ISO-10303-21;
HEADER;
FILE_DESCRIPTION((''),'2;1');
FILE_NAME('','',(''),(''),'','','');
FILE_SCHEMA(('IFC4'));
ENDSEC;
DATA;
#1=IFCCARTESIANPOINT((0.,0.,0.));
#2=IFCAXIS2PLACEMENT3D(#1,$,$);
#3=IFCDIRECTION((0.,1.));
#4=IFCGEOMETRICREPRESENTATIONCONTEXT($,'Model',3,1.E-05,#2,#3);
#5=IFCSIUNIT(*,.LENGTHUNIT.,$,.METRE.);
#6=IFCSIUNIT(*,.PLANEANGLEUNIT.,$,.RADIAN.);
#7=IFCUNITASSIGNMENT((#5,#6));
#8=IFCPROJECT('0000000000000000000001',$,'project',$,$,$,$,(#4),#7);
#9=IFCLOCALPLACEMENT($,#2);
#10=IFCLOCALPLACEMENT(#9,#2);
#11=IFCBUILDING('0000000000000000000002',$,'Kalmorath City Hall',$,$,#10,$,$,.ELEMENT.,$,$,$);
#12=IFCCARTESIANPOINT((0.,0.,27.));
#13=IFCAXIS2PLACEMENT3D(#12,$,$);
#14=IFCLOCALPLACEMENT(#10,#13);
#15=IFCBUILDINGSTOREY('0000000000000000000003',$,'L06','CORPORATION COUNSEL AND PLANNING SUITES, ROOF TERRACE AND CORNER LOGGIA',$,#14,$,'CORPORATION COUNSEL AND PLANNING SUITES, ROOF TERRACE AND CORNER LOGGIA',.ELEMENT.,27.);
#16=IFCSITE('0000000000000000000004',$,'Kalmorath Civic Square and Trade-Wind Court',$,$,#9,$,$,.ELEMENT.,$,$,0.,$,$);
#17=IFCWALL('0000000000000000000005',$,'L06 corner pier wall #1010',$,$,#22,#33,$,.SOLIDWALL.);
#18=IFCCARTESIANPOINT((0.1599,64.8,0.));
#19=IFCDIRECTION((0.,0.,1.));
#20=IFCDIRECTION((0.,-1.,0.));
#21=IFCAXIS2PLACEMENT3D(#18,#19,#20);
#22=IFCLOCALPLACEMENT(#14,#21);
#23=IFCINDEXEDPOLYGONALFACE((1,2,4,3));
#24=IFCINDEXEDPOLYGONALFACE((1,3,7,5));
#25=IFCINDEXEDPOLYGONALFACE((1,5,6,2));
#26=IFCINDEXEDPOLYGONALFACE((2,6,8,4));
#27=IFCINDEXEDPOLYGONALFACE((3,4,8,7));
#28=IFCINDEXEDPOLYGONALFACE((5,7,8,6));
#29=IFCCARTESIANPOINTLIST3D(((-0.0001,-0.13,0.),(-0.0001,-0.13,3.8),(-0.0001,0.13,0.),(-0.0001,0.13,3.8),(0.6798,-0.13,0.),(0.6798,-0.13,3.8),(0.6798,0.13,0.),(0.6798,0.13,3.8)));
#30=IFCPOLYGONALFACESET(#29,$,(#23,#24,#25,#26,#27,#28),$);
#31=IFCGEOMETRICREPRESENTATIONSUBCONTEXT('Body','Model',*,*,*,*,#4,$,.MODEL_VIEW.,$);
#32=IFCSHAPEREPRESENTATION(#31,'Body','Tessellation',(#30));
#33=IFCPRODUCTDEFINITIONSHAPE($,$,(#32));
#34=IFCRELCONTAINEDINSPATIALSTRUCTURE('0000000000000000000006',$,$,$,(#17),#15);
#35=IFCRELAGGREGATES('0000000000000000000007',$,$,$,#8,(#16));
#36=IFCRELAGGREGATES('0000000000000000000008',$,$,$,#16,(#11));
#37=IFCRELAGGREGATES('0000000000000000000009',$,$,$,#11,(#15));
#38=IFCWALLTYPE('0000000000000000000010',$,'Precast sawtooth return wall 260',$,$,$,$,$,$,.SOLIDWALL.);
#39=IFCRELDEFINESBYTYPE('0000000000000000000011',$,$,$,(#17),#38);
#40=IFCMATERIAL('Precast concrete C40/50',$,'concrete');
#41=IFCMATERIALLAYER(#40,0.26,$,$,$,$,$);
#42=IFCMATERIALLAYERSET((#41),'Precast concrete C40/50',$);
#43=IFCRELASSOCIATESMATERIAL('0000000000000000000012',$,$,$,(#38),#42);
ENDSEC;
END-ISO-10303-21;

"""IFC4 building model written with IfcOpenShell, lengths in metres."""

from ifc_helpers import new_model, si_unit, direction, frame, frame_2d, origin, place, context, subcontext, project, spatial, rectangle, extrude, material, layer, layer_set, type_object, element, save


model = new_model("IFC4")

# Units and contexts
model_context = context("Model", 3, precision=1e-05, world=origin(), true_north=direction((0.0, 1.0)))
body_context = subcontext(model_context, "Body", "Model", "MODEL_VIEW")
ifc_project = project(units=[si_unit("LENGTHUNIT", "METRE"), si_unit("PLANEANGLEUNIT", "RADIAN")], contexts=[model_context])

# Site, building, storey
site_placement = place(None, origin())
site = spatial("IfcSite", under=ifc_project, at=site_placement, Name="Kalmorath Civic Square and Trade-Wind Court", CompositionType="ELEMENT", RefElevation=0.0)
building_placement = place(site_placement, origin())
building = spatial("IfcBuilding", under=site, at=building_placement, Name="Kalmorath City Hall", CompositionType="ELEMENT")
storey_placement = place(building_placement, frame((0.0, 0.0, 27.0)))
storey = spatial("IfcBuildingStorey", under=building, at=storey_placement, Name="L06", Description="CORPORATION COUNSEL AND PLANNING SUITES, ROOF TERRACE AND CORNER LOGGIA", LongName="CORPORATION COUNSEL AND PLANNING SUITES, ROOF TERRACE AND CORNER LOGGIA", CompositionType="ELEMENT", Elevation=27.0)

# Wall
ifc_material_1 = material(Name="Precast concrete C40/50", Category="concrete")
ifc_layer_1 = layer(ifc_material_1, 0.26)
ifc_layer_set_1 = layer_set([ifc_layer_1], Name="Precast concrete C40/50")
wall_type_1 = type_object("IfcWallType", Name="Precast sawtooth return wall 260", PredefinedType="SOLIDWALL", material=ifc_layer_set_1)
for number, where, z_axis, x_axis, name in (
    (1, (0.1599, 64.8, 0.0), (0.0, 0.0, 1.0), (0.0, -1.0, 0.0), "L06 corner pier wall #1010"),
):
    element("IfcWall", number, at=place(storey_placement, frame(where, z_axis=z_axis, x_axis=x_axis)), inside=storey, type_object=wall_type_1, Name=name, PredefinedType="SOLIDWALL", context=body_context, shape_type="SweptSolid", body=[
        extrude(rectangle(XDim=0.6799, YDim=0.26, at=frame_2d((0.3398, 0.0))), origin(), (0.0, 0.0, 1.0), 3.8),
    ])

save(model, "model.ifc")
